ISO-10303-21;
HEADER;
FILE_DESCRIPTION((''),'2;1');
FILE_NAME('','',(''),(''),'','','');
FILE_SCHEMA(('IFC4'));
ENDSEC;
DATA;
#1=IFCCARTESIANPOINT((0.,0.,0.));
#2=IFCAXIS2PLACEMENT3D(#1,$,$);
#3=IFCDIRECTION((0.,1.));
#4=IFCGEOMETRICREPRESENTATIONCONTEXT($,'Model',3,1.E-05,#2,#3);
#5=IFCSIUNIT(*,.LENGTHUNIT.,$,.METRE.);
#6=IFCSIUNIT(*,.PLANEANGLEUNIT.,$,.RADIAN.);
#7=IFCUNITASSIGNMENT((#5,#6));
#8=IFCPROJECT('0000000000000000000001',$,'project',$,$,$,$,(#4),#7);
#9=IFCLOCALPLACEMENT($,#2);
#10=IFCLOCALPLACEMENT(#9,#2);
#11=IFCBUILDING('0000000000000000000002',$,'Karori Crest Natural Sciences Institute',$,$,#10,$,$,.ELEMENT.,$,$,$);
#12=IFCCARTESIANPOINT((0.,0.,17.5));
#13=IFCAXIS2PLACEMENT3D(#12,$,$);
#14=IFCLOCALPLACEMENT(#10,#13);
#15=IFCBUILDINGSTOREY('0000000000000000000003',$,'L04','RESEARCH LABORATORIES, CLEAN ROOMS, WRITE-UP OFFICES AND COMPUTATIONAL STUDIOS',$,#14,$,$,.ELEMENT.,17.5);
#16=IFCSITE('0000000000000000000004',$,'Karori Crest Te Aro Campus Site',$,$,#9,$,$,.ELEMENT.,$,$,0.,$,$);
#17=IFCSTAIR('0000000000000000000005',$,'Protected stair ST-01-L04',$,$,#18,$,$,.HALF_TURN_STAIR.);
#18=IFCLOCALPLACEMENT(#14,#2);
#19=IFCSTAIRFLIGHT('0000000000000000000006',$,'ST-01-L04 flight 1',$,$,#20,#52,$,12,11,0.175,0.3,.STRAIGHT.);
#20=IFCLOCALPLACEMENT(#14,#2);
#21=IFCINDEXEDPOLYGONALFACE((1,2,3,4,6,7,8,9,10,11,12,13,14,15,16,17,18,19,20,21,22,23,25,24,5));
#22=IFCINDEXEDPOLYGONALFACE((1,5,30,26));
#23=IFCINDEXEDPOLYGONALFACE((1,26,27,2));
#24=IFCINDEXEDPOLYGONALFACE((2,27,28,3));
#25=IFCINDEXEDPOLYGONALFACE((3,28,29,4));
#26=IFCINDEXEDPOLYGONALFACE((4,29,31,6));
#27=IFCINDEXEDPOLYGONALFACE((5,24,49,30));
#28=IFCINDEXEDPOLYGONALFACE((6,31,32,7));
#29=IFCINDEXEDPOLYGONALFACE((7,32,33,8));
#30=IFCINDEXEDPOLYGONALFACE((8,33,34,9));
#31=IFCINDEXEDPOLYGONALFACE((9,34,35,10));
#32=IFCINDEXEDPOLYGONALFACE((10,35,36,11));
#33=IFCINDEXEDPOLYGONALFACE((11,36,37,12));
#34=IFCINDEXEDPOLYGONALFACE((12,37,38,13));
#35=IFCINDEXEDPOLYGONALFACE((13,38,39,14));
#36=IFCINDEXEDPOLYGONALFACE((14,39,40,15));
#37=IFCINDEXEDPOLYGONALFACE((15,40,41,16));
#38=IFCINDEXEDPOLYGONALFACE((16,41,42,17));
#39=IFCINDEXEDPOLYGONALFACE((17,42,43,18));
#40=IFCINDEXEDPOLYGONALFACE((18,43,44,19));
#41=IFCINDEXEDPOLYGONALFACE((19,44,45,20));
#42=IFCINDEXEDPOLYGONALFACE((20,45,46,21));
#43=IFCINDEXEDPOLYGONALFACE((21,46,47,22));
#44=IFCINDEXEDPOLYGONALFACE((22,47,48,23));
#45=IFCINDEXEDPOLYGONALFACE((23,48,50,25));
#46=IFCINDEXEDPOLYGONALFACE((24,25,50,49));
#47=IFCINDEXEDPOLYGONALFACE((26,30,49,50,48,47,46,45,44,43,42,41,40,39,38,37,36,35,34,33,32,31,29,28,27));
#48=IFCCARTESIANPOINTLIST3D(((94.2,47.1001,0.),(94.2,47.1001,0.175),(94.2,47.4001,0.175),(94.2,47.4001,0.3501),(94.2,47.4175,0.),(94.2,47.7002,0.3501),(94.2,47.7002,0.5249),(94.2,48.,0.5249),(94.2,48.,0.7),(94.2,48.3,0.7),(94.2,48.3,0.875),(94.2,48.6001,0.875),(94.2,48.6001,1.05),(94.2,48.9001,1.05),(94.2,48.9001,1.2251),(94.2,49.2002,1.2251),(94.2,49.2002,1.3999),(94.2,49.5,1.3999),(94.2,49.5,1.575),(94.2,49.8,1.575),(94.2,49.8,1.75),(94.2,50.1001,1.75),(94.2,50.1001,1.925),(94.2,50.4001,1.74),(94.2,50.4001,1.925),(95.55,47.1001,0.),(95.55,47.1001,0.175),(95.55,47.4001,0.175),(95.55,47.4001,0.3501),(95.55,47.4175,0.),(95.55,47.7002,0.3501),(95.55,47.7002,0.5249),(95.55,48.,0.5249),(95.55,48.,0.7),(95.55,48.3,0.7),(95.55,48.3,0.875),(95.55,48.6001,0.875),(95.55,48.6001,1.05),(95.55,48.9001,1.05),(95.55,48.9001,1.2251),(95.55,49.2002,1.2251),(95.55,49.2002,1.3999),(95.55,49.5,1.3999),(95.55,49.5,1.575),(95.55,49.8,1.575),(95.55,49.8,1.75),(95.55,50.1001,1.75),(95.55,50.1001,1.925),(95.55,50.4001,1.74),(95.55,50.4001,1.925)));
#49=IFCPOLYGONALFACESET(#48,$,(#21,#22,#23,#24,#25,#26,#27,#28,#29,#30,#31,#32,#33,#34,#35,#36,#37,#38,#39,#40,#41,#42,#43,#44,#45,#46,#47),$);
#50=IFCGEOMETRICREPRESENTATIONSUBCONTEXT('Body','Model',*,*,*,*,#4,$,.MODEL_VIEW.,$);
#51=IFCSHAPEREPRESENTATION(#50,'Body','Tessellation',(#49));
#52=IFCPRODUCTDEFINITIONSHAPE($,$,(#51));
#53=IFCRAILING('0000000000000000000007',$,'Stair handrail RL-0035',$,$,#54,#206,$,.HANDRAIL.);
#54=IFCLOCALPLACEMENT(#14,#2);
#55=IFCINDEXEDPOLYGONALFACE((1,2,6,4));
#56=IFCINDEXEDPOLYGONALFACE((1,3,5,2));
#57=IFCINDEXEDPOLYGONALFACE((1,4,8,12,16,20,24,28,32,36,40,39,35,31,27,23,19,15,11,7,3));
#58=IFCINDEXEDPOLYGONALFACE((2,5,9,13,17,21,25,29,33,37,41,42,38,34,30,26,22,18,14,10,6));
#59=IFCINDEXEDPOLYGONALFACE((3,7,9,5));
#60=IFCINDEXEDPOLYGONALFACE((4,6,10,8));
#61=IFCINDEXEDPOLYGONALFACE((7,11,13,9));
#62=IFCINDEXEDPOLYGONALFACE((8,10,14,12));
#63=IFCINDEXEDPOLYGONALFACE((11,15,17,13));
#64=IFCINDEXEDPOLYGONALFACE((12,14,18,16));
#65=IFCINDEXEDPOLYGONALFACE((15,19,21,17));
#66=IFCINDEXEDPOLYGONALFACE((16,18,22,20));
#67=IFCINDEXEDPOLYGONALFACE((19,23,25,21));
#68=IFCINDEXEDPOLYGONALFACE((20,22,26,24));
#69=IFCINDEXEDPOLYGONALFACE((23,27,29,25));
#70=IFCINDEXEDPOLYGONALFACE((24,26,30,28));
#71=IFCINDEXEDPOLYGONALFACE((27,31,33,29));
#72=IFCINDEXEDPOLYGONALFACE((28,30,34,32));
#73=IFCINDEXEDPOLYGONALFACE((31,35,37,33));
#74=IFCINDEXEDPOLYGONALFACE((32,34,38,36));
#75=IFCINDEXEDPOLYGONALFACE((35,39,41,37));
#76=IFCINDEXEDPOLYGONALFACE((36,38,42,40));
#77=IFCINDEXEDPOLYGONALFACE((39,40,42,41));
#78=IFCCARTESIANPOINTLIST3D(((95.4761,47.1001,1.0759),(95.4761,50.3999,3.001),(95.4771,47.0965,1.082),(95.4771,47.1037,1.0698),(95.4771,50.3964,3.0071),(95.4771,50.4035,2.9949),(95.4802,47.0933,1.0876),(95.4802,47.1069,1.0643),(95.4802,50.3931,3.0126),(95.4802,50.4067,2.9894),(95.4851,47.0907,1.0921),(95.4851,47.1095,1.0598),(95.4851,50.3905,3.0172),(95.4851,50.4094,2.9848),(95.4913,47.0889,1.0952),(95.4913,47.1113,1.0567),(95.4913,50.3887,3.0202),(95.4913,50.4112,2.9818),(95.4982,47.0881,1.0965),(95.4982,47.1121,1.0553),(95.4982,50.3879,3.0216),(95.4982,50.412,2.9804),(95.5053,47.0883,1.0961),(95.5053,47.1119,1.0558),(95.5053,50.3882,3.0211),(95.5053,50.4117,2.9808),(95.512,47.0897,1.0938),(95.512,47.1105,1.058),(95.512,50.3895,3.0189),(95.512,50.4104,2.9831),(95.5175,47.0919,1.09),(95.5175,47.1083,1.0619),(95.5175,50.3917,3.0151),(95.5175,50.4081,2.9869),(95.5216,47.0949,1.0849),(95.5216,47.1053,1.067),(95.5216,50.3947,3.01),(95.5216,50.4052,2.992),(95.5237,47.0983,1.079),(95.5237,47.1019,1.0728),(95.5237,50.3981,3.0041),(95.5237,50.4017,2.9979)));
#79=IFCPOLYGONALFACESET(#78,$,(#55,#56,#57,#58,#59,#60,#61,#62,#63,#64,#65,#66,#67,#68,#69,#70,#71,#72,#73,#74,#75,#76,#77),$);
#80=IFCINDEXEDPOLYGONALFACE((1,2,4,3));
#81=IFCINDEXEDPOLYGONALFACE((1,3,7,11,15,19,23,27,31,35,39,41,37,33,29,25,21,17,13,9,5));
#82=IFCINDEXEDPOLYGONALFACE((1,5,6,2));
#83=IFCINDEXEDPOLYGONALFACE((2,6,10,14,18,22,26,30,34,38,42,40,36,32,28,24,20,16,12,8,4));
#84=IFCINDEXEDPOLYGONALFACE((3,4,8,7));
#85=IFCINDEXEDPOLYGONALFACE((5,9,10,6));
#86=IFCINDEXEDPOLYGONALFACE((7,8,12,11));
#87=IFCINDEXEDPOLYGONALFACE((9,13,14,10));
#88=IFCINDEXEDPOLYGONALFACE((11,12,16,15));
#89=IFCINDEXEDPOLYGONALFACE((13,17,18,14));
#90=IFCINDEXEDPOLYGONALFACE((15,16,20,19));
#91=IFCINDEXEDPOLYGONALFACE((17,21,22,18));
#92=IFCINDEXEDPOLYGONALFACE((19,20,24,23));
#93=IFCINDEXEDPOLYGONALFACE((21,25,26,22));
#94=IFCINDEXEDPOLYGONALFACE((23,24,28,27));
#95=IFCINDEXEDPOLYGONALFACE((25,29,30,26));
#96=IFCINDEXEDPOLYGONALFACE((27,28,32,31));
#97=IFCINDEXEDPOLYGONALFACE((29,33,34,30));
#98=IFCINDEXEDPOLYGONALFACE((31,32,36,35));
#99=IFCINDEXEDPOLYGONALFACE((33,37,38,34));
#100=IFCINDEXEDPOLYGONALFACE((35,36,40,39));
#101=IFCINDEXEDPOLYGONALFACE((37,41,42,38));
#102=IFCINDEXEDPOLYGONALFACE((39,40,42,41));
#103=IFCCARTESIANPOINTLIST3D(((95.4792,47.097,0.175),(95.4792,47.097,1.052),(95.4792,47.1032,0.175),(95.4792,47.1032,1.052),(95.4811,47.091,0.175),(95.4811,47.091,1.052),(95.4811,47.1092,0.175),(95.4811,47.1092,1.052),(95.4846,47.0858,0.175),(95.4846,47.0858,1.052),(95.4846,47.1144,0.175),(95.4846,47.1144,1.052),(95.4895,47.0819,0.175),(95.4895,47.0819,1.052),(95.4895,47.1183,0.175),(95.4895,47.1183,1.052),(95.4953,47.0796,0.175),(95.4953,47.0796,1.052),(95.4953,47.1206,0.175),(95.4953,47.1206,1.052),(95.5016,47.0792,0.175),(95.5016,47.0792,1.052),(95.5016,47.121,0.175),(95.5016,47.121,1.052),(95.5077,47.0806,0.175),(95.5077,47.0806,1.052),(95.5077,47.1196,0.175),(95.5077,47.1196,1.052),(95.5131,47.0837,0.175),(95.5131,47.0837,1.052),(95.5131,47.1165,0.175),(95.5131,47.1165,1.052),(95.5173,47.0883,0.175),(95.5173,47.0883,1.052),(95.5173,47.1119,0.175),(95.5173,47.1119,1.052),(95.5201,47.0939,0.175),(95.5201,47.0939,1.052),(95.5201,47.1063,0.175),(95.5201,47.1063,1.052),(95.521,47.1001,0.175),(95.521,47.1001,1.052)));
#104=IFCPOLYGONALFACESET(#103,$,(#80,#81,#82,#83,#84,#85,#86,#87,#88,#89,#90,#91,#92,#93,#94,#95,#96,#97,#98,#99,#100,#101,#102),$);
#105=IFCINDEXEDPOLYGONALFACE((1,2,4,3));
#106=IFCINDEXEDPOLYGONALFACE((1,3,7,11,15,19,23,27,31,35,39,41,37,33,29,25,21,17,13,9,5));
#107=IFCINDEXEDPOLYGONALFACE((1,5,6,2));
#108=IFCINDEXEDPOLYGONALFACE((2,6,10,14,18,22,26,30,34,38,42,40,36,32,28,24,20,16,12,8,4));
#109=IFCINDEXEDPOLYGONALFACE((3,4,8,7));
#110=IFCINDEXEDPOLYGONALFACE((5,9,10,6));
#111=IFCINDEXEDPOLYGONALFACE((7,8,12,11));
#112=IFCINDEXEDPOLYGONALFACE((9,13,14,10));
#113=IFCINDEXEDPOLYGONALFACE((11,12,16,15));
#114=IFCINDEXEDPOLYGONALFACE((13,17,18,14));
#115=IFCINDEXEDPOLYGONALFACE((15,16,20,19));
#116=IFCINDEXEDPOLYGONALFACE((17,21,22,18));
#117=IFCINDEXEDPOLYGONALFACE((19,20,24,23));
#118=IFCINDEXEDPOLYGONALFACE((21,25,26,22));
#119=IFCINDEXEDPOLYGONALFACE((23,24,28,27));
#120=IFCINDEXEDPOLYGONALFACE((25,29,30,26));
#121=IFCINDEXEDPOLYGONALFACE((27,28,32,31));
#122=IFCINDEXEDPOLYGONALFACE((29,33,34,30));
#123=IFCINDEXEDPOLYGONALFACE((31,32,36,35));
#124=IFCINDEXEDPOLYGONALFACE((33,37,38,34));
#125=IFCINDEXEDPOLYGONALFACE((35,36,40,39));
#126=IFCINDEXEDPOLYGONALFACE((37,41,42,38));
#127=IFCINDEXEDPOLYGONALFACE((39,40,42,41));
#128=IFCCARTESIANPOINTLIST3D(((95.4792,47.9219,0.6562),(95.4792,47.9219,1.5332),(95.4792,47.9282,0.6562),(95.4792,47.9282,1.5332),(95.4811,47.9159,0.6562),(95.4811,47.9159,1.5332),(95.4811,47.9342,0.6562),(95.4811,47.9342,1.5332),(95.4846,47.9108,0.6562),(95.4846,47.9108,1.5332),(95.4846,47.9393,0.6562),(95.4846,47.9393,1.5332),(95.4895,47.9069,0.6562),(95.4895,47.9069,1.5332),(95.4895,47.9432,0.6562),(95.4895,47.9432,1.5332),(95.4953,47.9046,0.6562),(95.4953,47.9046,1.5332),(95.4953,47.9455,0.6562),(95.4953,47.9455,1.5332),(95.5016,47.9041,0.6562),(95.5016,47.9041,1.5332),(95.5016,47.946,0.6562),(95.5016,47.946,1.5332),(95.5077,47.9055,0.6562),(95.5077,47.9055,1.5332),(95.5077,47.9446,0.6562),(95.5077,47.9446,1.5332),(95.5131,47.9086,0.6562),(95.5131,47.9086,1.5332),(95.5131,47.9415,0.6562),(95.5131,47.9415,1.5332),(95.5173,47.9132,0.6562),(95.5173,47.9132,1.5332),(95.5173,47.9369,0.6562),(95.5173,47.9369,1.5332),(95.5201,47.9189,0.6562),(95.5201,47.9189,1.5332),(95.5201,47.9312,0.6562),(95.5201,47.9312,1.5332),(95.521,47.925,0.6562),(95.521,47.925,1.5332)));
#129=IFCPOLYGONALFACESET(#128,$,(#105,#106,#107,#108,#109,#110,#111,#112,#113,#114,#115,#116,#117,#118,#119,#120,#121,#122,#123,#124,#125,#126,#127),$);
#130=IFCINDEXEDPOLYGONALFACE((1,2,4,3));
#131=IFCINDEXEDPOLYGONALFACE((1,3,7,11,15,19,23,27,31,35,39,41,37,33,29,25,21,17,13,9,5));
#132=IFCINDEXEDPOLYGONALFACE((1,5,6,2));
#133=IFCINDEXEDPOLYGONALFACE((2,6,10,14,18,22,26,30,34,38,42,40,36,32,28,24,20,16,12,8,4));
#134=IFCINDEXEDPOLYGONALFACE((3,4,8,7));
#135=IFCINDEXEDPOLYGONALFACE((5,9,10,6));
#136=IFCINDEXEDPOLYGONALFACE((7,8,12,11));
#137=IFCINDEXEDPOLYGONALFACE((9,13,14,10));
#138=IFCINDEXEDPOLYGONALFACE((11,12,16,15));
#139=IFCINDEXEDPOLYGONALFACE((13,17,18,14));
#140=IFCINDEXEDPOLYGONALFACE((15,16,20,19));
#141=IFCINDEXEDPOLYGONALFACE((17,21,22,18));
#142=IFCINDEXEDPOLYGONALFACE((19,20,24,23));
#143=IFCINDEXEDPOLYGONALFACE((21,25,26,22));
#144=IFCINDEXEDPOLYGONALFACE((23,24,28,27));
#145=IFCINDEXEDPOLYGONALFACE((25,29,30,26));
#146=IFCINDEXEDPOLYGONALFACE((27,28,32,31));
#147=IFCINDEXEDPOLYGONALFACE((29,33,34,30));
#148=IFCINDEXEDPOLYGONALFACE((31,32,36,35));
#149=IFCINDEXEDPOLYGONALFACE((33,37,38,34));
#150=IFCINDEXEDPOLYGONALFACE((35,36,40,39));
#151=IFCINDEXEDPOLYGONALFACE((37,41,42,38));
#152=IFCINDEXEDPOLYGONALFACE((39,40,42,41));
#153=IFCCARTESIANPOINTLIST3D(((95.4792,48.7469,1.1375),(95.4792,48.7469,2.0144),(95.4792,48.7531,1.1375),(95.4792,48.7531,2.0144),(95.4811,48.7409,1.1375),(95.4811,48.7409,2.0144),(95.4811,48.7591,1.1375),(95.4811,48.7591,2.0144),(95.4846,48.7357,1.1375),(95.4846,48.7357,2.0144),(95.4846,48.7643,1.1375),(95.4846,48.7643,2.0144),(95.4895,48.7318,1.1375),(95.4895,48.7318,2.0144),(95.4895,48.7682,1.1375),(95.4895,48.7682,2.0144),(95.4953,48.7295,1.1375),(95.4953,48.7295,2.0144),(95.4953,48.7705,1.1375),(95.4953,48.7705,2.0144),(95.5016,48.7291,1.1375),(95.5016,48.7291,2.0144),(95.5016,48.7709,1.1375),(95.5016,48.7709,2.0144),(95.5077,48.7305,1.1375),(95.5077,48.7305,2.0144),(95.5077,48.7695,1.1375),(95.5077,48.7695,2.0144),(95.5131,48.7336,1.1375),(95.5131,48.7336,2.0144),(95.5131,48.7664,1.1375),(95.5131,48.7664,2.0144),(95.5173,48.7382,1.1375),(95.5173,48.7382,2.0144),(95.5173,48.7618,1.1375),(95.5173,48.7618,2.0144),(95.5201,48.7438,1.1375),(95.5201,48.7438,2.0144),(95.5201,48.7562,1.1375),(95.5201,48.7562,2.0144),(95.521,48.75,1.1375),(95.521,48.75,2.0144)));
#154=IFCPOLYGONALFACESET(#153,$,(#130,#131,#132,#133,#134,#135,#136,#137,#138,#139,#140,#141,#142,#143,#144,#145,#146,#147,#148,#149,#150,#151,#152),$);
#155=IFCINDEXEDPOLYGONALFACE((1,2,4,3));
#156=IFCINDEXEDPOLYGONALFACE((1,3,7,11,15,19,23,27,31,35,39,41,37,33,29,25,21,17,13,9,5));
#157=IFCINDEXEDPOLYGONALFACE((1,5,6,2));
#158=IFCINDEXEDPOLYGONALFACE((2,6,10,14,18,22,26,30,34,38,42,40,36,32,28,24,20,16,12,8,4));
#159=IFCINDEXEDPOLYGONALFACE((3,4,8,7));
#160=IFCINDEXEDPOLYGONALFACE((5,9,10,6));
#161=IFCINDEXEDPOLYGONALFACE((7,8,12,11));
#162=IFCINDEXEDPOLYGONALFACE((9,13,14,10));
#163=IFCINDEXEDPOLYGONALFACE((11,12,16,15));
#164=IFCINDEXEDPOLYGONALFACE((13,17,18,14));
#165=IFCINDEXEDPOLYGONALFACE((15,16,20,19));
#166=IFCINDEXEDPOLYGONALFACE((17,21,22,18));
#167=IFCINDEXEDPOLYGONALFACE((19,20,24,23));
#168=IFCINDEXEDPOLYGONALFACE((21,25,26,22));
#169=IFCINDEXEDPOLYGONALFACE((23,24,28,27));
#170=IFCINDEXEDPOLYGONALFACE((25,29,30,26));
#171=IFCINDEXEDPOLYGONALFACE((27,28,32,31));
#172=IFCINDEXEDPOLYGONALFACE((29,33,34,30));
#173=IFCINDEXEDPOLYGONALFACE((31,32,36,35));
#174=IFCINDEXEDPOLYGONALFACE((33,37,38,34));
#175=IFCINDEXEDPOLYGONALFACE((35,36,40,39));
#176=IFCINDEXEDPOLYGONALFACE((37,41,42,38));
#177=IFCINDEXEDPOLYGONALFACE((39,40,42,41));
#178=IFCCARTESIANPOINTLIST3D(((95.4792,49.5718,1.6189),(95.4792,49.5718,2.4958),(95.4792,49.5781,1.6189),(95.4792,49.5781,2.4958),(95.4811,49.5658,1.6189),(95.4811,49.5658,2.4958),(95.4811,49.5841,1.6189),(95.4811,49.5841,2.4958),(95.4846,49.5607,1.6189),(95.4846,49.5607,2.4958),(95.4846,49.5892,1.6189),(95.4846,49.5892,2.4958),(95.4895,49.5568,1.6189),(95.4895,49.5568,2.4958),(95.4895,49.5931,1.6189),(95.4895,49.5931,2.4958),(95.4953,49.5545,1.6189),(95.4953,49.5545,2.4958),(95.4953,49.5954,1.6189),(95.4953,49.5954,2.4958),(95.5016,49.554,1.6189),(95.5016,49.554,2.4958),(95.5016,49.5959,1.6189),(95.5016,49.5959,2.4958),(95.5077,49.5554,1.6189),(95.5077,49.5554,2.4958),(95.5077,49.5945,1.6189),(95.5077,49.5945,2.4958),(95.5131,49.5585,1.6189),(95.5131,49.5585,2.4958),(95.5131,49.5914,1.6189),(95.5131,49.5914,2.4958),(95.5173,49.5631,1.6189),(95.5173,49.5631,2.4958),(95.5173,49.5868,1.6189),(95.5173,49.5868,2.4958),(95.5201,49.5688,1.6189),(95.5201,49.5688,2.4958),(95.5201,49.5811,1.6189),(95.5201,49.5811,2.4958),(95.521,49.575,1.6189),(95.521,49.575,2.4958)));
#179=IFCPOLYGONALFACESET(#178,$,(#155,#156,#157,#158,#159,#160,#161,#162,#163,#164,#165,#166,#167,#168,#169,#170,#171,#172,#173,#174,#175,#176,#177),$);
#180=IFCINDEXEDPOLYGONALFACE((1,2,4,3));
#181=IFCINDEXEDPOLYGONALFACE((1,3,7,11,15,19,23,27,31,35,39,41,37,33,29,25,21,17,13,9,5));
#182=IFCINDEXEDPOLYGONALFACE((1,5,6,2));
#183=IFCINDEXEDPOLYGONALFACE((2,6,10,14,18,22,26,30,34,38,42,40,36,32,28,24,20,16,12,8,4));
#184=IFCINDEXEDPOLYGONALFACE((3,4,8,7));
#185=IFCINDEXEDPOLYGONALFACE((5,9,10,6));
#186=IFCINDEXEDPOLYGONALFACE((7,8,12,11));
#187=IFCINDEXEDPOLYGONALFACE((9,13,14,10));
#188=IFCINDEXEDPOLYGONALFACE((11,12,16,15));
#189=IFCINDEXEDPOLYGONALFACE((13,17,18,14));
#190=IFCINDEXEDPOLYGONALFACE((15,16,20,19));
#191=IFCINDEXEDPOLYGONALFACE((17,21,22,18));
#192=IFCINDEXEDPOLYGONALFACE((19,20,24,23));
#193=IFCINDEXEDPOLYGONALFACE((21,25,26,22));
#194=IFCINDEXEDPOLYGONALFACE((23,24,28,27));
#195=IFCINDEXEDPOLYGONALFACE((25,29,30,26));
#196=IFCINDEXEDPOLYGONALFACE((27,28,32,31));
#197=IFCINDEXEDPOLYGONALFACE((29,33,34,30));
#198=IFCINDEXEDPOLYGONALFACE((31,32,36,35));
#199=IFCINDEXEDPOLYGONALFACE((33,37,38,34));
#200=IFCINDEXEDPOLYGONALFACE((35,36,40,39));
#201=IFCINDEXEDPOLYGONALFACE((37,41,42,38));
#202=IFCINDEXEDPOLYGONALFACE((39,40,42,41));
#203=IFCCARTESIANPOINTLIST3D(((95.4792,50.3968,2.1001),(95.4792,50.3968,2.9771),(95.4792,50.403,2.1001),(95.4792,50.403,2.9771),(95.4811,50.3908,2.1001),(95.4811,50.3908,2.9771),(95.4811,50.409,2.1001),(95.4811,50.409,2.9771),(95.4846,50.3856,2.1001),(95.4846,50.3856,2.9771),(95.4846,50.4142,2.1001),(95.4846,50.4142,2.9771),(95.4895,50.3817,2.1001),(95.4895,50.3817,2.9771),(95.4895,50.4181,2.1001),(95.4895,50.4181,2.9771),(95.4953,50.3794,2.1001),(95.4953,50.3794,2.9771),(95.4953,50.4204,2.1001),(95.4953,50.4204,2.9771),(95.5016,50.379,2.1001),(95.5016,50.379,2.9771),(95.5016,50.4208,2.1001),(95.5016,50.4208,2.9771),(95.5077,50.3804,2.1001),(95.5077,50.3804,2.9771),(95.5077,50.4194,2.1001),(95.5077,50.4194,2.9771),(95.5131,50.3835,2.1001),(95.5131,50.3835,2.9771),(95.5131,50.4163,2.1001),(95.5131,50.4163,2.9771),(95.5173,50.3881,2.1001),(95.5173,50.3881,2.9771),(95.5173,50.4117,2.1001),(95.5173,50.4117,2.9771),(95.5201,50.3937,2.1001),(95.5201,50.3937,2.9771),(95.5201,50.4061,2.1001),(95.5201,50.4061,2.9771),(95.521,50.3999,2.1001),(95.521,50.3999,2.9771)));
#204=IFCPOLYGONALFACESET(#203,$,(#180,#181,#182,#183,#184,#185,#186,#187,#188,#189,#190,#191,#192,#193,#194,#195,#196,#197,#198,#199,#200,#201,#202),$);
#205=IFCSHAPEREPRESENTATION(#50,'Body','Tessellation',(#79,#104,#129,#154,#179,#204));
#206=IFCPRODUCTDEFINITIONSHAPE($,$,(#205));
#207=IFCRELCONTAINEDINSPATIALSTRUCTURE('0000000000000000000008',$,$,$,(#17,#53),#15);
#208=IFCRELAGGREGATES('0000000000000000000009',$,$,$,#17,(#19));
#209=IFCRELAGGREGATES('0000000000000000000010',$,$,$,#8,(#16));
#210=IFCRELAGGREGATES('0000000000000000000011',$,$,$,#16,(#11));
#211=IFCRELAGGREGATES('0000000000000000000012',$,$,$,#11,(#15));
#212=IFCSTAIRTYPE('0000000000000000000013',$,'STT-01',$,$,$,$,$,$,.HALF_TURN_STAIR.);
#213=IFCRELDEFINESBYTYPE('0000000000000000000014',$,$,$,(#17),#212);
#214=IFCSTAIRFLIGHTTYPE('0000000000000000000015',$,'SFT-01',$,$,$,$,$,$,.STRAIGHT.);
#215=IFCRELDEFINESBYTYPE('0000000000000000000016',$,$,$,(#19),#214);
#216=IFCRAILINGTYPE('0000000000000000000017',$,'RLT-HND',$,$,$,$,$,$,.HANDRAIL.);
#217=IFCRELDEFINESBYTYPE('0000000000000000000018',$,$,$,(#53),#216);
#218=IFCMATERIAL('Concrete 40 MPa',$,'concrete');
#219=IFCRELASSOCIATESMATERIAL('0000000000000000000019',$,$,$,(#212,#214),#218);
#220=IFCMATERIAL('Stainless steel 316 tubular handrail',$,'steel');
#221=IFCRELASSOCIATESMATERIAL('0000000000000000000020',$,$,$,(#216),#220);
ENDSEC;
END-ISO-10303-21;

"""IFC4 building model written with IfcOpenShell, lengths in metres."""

from ifc_helpers import new_model, si_unit, direction, frame, origin, origin_2d, place, context, subcontext, project, spatial, polyline, circle, outline, extrude, material, type_object, element, aggregate, save


model = new_model("IFC4")

# Units and contexts
model_context = context("Model", 3, precision=1e-05, world=origin(), true_north=direction((0.0, 1.0)))
body_context = subcontext(model_context, "Body", "Model", "MODEL_VIEW")
ifc_project = project(units=[si_unit("LENGTHUNIT", "METRE"), si_unit("PLANEANGLEUNIT", "RADIAN")], contexts=[model_context])

# Site, building, storey
site_placement = place(None, origin())
site = spatial("IfcSite", under=ifc_project, at=site_placement, Name="Karori Crest Te Aro Campus Site", CompositionType="ELEMENT", RefElevation=0.0)
building_placement = place(site_placement, origin())
building = spatial("IfcBuilding", under=site, at=building_placement, Name="Karori Crest Natural Sciences Institute", CompositionType="ELEMENT")
storey_placement = place(building_placement, frame((0.0, 0.0, 17.5)))
storey = spatial("IfcBuildingStorey", under=building, at=storey_placement, Name="L04", Description="RESEARCH LABORATORIES, CLEAN ROOMS, WRITE-UP OFFICES AND COMPUTATIONAL STUDIOS", CompositionType="ELEMENT", Elevation=17.5)

# Stair, stair flight
ifc_material_1 = material(Name="Concrete 40 MPa", Category="concrete")
stair_type = type_object("IfcStairType", Name="STT-01", PredefinedType="HALF_TURN_STAIR", material=ifc_material_1)
stair_placement = place(storey_placement, origin())
stair = element("IfcStair", 1, at=stair_placement, inside=storey, type_object=stair_type, Name="Protected stair ST-01-L04", PredefinedType="HALF_TURN_STAIR")
stair_flight_type = type_object("IfcStairFlightType", Name="SFT-01", PredefinedType="STRAIGHT", material=ifc_material_1)
stair_flight_placement = place(storey_placement, frame((94.875, 47.1001, 0.0), z_axis=(0.0, 0.0, 1.0), x_axis=(0.0, 1.0, 0.0)))
stair_flight = element("IfcStairFlight", 2, at=stair_flight_placement, type_object=stair_flight_type, Name="ST-01-L04 flight 1", NumberOfRisers=12, NumberOfTreads=11, PredefinedType="STRAIGHT", RiserHeight=0.175, TreadLength=0.3, context=body_context, shape_type="SweptSolid", body=[
    extrude(outline(polyline([(0.0, 0.0), (0.0, 0.175), (0.3, 0.175), (0.3, 0.3501), (0.6001, 0.3501), (0.6001, 0.5249), (0.8999, 0.5249), (0.8999, 0.7), (1.2, 0.7), (1.2, 0.875), (1.5, 0.875), (1.5, 1.05), (1.8, 1.05), (1.8, 1.2251), (2.1001, 1.2251), (2.1001, 1.3999), (2.3999, 1.3999), (2.3999, 1.575), (2.7, 1.575), (2.7, 1.75), (3.0, 1.75), (3.0, 1.925), (3.3, 1.925), (3.3, 2.1001), (3.3, 1.74), (0.3174, 0.0), (0.0, 0.0)])), frame((0.0, 0.675, 0.0), z_axis=(0.0, -1.0, 0.0), x_axis=(1.0, 0.0, 0.0)), (0.0, 0.0, 1.0), 1.3501),
])
aggregate(stair, [stair_flight])

# Railing
ifc_material_2 = material(Name="Stainless steel 316 tubular handrail", Category="steel")
railing_type_1 = type_object("IfcRailingType", Name="RLT-HND", PredefinedType="HANDRAIL", material=ifc_material_2)
railing_1_placement = place(storey_placement, frame((95.5, 47.1001, 0.175)))
element("IfcRailing", 3, at=railing_1_placement, inside=storey, type_object=railing_type_1, Name="Stair handrail RL-0035", PredefinedType="HANDRAIL", context=body_context, shape_type="SweptSolid", body=[
    extrude(circle(Radius=0.0239, at=origin_2d()), frame((0.0, 0.0, 0.9009), z_axis=(0.0, 0.86376, 0.503903), x_axis=(-1.0, 0.0, 0.0)), (0.0, 0.0, 1.0), 3.8203),
    extrude(circle(Radius=0.021, at=origin_2d()), origin(), (0.0, 0.0, 1.0), 0.877),
    extrude(circle(Radius=0.021, at=origin_2d()), frame((0.0, 0.825, 0.4812)), (0.0, 0.0, 1.0), 0.877),
    extrude(circle(Radius=0.021, at=origin_2d()), frame((0.0, 1.6499, 0.9624)), (0.0, 0.0, 1.0), 0.877),
    extrude(circle(Radius=0.021, at=origin_2d()), frame((0.0, 2.4749, 1.4438)), (0.0, 0.0, 1.0), 0.877),
    extrude(circle(Radius=0.021, at=origin_2d()), frame((0.0, 3.2998, 1.925)), (0.0, 0.0, 1.0), 0.877),
])

save(model, "model.ifc")
